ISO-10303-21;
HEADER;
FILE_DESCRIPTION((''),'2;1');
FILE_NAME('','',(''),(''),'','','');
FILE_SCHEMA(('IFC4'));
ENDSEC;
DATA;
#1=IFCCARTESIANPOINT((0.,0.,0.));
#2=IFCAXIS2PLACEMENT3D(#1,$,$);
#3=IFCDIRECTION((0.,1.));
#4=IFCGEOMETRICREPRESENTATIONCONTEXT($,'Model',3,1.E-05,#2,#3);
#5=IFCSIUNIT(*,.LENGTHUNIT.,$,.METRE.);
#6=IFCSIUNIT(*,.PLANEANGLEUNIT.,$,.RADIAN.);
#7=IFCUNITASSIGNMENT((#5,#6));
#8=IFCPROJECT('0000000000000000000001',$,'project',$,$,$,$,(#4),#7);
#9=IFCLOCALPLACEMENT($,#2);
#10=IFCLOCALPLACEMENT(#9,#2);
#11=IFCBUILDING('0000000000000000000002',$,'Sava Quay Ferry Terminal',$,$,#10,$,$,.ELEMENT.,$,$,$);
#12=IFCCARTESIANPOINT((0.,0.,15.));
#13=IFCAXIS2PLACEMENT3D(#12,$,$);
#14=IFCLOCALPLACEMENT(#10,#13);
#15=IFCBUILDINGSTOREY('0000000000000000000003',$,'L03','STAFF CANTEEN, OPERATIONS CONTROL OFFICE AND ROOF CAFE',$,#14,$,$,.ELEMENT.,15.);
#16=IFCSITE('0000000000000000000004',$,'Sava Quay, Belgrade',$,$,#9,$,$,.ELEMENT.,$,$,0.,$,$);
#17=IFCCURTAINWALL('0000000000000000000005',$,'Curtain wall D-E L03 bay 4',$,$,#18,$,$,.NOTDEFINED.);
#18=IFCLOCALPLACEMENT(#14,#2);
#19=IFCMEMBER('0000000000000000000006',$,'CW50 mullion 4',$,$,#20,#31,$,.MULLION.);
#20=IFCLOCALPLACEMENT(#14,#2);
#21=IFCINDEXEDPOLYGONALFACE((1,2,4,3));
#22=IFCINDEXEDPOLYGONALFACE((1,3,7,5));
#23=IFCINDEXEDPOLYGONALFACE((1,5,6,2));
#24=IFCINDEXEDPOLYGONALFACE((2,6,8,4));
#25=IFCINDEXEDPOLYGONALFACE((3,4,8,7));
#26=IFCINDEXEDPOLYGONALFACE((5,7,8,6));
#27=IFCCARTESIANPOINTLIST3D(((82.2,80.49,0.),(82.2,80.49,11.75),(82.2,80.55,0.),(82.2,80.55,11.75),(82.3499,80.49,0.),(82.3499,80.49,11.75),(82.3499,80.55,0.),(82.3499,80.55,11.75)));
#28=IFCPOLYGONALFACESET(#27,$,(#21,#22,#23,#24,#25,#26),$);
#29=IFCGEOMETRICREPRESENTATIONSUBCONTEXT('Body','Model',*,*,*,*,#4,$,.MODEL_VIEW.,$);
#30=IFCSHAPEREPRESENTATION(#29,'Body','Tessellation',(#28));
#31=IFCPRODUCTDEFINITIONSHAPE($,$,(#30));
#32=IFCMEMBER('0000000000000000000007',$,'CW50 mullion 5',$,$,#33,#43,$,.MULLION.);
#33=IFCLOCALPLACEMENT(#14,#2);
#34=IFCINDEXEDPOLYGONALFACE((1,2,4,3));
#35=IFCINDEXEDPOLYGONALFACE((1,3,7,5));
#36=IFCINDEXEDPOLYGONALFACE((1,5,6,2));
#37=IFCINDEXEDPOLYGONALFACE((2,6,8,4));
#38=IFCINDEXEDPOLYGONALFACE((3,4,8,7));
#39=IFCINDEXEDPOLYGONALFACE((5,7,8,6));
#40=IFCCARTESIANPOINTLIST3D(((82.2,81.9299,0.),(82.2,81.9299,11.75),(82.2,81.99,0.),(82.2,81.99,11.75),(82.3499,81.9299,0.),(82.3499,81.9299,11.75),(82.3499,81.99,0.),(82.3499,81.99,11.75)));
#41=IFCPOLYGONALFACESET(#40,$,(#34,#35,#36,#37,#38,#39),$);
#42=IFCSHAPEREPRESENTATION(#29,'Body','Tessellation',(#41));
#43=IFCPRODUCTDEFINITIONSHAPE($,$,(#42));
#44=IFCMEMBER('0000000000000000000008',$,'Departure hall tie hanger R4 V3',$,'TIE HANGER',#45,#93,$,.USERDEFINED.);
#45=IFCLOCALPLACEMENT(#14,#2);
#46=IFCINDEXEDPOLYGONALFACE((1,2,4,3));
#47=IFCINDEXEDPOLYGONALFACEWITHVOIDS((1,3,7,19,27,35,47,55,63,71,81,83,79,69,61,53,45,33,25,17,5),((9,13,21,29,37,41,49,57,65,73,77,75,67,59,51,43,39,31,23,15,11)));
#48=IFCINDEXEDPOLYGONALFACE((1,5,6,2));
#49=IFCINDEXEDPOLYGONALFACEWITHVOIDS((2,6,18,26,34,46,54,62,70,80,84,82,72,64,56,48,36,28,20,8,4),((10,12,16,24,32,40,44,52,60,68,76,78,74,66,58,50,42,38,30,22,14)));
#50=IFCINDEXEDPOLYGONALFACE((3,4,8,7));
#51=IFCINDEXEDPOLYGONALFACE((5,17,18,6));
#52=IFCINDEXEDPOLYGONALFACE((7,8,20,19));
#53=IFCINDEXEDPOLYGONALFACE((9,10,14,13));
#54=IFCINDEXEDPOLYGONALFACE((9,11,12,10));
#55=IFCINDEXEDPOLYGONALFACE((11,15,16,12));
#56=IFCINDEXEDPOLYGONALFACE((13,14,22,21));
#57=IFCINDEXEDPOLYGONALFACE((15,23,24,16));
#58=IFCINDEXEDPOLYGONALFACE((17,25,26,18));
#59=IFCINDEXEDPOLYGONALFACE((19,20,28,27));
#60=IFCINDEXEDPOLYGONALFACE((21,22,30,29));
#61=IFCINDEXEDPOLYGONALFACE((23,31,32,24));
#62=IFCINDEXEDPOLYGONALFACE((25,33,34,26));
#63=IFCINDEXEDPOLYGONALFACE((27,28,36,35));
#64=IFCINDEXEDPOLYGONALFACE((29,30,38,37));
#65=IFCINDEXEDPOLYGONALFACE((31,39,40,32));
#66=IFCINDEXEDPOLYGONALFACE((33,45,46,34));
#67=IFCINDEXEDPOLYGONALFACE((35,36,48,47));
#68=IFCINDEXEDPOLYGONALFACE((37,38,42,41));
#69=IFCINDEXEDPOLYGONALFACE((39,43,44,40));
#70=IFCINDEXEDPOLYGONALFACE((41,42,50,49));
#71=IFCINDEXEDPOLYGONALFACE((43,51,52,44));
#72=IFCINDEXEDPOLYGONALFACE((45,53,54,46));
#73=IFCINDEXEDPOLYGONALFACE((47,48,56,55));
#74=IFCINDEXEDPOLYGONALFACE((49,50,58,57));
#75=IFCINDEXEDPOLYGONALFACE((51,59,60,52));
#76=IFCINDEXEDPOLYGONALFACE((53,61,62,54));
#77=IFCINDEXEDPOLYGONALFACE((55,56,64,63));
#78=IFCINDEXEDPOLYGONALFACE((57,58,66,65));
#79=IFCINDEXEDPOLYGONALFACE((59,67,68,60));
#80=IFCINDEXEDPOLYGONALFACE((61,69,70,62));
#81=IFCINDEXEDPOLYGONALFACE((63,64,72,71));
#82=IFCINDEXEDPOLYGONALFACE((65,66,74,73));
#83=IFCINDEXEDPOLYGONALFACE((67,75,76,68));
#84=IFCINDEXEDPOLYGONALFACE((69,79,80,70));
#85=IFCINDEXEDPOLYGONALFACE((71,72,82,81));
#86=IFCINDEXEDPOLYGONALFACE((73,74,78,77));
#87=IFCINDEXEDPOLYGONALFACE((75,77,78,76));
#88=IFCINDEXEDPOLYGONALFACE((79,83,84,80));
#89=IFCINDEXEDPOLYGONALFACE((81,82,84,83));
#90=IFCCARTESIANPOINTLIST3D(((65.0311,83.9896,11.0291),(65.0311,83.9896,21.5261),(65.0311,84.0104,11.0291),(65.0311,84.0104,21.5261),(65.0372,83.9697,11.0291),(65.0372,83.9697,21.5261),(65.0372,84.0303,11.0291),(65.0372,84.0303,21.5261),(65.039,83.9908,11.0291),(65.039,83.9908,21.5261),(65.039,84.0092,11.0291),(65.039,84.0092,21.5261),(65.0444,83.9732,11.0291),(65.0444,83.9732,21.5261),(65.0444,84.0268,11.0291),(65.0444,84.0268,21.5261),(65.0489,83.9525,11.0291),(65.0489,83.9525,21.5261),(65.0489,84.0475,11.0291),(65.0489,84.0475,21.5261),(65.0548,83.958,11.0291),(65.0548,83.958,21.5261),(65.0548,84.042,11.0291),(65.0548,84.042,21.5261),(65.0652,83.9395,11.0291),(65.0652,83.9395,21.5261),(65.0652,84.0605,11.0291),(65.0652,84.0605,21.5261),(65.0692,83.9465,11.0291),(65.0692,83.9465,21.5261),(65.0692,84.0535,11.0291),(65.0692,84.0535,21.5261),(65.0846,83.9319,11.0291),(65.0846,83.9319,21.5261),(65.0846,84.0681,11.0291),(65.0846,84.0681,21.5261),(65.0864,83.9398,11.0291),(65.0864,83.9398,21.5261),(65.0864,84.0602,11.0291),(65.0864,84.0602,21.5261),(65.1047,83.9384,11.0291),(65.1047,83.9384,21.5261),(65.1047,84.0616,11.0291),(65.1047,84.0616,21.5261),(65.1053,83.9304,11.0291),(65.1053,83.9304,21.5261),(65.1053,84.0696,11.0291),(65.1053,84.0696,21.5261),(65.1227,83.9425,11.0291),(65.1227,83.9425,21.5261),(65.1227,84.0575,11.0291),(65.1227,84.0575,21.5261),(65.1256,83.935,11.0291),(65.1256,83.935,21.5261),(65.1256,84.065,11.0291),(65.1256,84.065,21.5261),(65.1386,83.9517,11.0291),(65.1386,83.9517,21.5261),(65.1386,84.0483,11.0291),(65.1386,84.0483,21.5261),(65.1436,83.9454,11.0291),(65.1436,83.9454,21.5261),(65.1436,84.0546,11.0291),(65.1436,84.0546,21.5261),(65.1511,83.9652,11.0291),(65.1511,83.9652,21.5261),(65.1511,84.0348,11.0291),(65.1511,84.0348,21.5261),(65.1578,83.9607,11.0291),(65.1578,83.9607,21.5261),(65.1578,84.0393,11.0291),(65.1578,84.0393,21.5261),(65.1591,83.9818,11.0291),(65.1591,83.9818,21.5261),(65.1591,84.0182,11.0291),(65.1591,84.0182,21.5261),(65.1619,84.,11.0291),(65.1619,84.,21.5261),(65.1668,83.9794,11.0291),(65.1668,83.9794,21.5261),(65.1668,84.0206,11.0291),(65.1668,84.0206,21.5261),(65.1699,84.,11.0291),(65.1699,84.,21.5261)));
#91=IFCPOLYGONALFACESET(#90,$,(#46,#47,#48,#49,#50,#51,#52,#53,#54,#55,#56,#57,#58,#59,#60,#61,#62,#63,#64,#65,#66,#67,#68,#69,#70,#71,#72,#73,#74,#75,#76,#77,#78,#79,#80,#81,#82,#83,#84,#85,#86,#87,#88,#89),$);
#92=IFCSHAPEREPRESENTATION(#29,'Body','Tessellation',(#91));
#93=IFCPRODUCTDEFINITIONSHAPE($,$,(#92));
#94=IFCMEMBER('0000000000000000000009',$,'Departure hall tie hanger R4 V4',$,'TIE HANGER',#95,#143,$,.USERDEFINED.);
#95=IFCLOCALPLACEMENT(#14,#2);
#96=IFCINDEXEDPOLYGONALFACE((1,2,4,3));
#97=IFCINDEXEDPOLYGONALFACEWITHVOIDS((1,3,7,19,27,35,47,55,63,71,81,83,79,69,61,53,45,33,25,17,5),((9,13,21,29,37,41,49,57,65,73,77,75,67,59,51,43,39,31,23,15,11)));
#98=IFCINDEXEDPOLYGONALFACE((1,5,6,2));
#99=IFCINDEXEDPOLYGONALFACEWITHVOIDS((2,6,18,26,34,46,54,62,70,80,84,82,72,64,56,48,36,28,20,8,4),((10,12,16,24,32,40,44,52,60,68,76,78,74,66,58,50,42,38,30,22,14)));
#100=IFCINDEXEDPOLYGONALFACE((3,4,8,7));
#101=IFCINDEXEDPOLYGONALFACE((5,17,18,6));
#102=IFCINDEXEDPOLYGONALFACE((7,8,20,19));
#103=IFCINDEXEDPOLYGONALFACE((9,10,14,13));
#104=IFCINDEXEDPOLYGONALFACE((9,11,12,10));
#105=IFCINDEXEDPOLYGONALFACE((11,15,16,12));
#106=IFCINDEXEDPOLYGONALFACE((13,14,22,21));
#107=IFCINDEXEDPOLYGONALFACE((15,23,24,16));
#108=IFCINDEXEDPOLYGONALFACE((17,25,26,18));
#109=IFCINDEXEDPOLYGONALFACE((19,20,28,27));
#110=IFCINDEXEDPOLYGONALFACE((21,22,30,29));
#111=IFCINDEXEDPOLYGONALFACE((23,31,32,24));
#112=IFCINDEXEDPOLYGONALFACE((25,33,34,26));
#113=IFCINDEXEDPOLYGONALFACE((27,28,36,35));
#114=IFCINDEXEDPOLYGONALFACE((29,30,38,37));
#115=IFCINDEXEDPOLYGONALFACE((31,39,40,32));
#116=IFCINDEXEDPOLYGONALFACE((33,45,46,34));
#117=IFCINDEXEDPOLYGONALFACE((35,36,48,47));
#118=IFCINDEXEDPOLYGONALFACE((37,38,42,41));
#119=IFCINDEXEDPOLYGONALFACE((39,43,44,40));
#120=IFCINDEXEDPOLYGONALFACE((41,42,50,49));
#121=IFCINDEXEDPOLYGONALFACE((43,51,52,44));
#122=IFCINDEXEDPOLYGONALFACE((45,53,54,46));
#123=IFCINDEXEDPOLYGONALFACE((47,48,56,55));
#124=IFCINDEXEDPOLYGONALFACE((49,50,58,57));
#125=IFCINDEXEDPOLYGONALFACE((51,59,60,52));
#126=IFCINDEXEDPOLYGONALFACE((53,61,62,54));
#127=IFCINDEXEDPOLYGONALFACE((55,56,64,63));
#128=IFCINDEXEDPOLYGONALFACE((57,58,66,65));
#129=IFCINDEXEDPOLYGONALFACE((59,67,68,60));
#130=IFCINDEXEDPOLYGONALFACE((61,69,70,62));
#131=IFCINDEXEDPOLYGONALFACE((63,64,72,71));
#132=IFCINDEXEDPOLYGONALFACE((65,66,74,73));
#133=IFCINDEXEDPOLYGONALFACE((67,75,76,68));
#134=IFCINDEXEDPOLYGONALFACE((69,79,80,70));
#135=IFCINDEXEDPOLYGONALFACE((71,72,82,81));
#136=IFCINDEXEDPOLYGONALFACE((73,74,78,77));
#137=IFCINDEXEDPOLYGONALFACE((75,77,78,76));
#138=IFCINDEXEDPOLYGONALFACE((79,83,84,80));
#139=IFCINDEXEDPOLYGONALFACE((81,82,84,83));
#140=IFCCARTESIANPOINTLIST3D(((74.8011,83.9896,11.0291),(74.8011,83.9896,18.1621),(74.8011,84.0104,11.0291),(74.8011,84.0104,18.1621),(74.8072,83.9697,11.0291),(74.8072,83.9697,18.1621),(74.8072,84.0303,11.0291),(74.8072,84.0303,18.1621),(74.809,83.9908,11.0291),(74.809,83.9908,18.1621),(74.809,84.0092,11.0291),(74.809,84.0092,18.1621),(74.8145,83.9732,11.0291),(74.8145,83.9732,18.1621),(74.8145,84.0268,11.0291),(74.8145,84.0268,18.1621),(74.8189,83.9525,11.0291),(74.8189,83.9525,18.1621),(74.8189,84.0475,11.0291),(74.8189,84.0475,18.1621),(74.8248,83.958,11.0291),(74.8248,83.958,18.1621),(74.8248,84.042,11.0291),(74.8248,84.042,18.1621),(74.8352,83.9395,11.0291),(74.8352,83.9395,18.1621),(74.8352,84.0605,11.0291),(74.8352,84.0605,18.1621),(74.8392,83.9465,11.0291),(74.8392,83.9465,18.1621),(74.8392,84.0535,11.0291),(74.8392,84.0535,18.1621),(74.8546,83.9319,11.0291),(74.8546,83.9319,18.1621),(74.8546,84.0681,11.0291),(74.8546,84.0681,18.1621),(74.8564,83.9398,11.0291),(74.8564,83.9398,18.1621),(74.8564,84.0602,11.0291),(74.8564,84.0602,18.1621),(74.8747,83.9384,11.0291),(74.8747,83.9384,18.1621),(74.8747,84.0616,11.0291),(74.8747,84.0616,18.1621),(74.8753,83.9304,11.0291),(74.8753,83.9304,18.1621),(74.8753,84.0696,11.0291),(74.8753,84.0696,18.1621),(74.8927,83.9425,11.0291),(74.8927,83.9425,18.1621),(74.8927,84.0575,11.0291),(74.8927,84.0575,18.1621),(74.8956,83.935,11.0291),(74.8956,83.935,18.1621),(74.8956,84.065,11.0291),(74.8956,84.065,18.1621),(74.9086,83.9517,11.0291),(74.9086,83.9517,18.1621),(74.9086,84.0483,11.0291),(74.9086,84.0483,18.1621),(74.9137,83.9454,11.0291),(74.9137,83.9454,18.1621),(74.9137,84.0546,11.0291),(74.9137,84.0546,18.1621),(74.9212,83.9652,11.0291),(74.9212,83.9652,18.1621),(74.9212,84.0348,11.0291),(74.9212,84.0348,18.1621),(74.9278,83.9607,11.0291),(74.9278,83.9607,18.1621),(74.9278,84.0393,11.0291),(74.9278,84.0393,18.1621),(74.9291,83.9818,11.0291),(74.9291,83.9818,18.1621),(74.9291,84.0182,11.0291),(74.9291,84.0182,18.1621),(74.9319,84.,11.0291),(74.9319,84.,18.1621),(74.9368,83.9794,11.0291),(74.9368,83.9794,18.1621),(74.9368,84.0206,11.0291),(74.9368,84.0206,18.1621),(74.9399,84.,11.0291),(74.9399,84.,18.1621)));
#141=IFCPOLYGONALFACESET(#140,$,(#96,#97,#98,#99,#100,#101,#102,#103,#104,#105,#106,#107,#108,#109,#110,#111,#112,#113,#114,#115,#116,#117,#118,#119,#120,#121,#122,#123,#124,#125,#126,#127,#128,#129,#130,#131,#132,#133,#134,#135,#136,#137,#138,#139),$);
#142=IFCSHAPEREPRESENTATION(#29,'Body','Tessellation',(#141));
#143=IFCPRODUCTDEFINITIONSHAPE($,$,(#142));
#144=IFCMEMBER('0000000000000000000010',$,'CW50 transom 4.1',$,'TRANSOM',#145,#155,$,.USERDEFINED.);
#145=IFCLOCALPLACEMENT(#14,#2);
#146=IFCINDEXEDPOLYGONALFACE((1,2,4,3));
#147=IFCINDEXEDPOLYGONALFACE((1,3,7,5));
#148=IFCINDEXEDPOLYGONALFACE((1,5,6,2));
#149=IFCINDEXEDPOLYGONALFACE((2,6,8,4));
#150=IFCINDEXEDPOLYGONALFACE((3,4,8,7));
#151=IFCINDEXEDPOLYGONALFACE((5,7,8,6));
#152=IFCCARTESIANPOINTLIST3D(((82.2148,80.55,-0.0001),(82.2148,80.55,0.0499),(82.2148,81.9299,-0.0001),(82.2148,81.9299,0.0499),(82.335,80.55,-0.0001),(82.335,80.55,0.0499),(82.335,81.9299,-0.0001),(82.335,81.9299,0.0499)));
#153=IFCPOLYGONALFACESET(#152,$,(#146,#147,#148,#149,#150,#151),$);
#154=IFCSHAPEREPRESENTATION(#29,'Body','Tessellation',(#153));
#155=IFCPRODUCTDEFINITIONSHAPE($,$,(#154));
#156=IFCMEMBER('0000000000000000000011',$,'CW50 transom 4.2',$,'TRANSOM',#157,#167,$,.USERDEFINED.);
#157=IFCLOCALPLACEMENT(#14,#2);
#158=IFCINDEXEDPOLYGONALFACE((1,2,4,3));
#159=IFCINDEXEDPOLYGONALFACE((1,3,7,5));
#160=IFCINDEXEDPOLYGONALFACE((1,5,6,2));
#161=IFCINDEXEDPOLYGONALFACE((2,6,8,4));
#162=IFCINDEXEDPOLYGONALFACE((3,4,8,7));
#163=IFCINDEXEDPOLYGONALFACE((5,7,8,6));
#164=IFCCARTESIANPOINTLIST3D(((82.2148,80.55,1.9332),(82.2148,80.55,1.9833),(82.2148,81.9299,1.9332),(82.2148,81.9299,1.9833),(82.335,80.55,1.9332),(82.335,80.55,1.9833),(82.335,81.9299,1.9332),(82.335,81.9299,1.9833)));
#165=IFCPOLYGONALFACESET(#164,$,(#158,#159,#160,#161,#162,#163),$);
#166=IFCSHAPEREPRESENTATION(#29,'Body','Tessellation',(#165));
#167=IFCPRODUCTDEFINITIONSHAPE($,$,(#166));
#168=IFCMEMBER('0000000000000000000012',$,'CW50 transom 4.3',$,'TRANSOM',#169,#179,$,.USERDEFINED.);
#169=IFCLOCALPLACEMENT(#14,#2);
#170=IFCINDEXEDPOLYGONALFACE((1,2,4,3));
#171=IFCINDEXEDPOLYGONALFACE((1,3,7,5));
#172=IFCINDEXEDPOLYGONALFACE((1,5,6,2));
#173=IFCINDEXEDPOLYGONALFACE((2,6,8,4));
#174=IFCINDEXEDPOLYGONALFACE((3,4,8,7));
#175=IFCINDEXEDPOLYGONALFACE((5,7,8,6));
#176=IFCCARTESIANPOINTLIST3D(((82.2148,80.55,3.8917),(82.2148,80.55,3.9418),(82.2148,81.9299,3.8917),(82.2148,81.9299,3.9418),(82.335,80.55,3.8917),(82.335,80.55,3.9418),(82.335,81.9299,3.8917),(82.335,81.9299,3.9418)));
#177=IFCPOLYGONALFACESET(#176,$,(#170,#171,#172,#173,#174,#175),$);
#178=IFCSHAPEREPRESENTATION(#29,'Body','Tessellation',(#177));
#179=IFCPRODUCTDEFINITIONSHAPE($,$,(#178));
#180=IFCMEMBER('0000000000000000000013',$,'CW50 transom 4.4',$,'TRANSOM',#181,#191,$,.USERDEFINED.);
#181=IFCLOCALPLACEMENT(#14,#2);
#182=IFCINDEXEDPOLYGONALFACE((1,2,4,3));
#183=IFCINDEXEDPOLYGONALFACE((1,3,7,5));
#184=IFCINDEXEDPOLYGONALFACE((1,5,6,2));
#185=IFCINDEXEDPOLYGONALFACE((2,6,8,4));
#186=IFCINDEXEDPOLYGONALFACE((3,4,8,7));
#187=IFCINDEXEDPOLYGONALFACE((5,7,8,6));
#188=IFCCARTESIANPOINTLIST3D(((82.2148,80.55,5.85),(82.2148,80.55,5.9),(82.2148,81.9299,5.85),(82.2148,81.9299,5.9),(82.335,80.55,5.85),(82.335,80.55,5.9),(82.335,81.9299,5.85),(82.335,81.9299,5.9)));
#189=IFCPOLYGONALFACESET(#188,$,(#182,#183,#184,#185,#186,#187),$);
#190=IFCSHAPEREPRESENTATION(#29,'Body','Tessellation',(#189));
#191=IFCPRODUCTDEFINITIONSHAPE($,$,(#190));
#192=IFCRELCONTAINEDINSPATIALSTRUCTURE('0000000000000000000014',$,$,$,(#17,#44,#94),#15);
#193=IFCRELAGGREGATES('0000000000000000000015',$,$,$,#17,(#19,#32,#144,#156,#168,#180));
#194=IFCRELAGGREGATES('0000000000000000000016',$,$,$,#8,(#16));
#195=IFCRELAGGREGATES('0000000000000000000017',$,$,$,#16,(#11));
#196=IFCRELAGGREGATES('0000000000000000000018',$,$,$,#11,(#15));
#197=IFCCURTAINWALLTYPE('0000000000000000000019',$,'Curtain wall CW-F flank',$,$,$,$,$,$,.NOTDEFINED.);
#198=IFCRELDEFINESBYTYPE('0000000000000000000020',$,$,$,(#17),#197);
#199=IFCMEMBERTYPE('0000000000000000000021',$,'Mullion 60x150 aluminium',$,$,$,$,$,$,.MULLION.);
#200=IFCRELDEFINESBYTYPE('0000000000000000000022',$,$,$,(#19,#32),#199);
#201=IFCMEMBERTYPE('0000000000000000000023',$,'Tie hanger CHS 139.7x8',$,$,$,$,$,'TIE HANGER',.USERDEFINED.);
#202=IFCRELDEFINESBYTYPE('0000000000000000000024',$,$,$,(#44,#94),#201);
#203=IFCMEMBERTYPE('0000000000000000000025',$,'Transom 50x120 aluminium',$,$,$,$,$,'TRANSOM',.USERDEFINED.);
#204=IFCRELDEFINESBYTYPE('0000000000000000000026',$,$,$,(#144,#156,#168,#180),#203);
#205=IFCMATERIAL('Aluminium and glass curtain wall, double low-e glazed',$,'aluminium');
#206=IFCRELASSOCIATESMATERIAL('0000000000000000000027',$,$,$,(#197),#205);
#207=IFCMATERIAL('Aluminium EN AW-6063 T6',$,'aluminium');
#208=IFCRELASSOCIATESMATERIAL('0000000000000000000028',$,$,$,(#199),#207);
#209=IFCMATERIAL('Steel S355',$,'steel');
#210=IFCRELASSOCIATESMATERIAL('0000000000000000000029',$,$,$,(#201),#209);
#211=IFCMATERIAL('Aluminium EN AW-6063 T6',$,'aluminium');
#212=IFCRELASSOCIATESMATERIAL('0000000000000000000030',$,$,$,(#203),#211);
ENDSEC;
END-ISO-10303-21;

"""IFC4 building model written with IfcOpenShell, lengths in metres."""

from ifc_helpers import new_model, si_unit, direction, frame, origin, origin_2d, place, context, subcontext, project, spatial, rectangle, hollow_circle, extrude, material, material_profile, profile_set, type_object, element, aggregate, save


model = new_model("IFC4")

# Units and contexts
model_context = context("Model", 3, precision=1e-05, world=origin(), true_north=direction((0.0, 1.0)))
body_context = subcontext(model_context, "Body", "Model", "MODEL_VIEW")
ifc_project = project(units=[si_unit("LENGTHUNIT", "METRE"), si_unit("PLANEANGLEUNIT", "RADIAN")], contexts=[model_context])

# Site, building, storey
site_placement = place(None, origin())
site = spatial("IfcSite", under=ifc_project, at=site_placement, Name="Sava Quay, Belgrade", CompositionType="ELEMENT", RefElevation=0.0)
building_placement = place(site_placement, origin())
building = spatial("IfcBuilding", under=site, at=building_placement, Name="Sava Quay Ferry Terminal", CompositionType="ELEMENT")
storey_placement = place(building_placement, frame((0.0, 0.0, 15.0)))
storey = spatial("IfcBuildingStorey", under=building, at=storey_placement, Name="L03", Description="STAFF CANTEEN, OPERATIONS CONTROL OFFICE AND ROOF CAFE", CompositionType="ELEMENT", Elevation=15.0)

# Curtain wall, members
ifc_material_1 = material(Name="Aluminium and glass curtain wall, double low-e glazed", Category="aluminium")
curtain_wall_type = type_object("IfcCurtainWallType", Name="Curtain wall CW-F flank", PredefinedType="NOTDEFINED", material=ifc_material_1)
curtain_wall_placement = place(storey_placement, origin())
curtain_wall = element("IfcCurtainWall", 1, at=curtain_wall_placement, inside=storey, type_object=curtain_wall_type, Name="Curtain wall D-E L03 bay 4", PredefinedType="NOTDEFINED")
ifc_material_2 = material(Name="Aluminium EN AW-6063 T6", Category="aluminium")
ifc_material_profile_1 = material_profile(ifc_material_2, rectangle(XDim=0.1499, YDim=0.0601, at=origin_2d()), Name="Mullion 60x150 aluminium")
ifc_profile_set_1 = profile_set([ifc_material_profile_1], Name="Aluminium EN AW-6063 T6")
member_type_1 = type_object("IfcMemberType", Name="Mullion 60x150 aluminium", PredefinedType="MULLION", material=ifc_profile_set_1)
member_1_placement = place(storey_placement, frame((82.2749, 80.52, 0.0), z_axis=(0.0, 0.0, 1.0), x_axis=(-1.0, 0.0, 0.0)))
member_1 = element("IfcMember", 2, at=member_1_placement, type_object=member_type_1, Name="CW50 mullion 4", PredefinedType="MULLION", context=body_context, shape_type="SweptSolid", body=[
    extrude(rectangle(XDim=0.1499, YDim=0.0601, at=origin_2d()), origin(), (0.0, 0.0, 1.0), 11.75),
])
member_2_placement = place(storey_placement, frame((82.2749, 81.96, 0.0), z_axis=(0.0, 0.0, 1.0), x_axis=(-1.0, 0.0, 0.0)))
member_2 = element("IfcMember", 3, at=member_2_placement, type_object=member_type_1, Name="CW50 mullion 5", PredefinedType="MULLION", context=body_context, shape_type="SweptSolid", body=[
    extrude(rectangle(XDim=0.1499, YDim=0.0601, at=origin_2d()), origin(), (0.0, 0.0, 1.0), 11.75),
])

# Members
ifc_material_3 = material(Name="Steel S355", Category="steel")
ifc_material_profile_2 = material_profile(ifc_material_3, hollow_circle(Radius=0.0698, WallThickness=0.0081, at=origin_2d()), Name="CHS 139.7 x 8.0")
ifc_profile_set_2 = profile_set([ifc_material_profile_2], Name="Steel S355")
member_type_2 = type_object("IfcMemberType", Name="Tie hanger CHS 139.7x8", ElementType="TIE HANGER", PredefinedType="USERDEFINED", material=ifc_profile_set_2)
member_3_placement = place(storey_placement, frame((65.1001, 84.0, 11.0291), z_axis=(0.0, 0.0, 1.0), x_axis=(1.0, 0.0, 0.0)))
element("IfcMember", 4, at=member_3_placement, inside=storey, type_object=member_type_2, Name="Departure hall tie hanger R4 V3", ObjectType="TIE HANGER", PredefinedType="USERDEFINED", context=body_context, shape_type="SweptSolid", body=[
    extrude(hollow_circle(Radius=0.0698, WallThickness=0.0081, at=origin_2d()), origin(), (0.0, 0.0, 1.0), 10.4971),
])
member_4_placement = place(storey_placement, frame((74.8701, 84.0, 11.0291), z_axis=(0.0, 0.0, 1.0), x_axis=(1.0, 0.0, 0.0)))
element("IfcMember", 5, at=member_4_placement, inside=storey, type_object=member_type_2, Name="Departure hall tie hanger R4 V4", ObjectType="TIE HANGER", PredefinedType="USERDEFINED", context=body_context, shape_type="SweptSolid", body=[
    extrude(hollow_circle(Radius=0.0698, WallThickness=0.0081, at=origin_2d()), origin(), (0.0, 0.0, 1.0), 7.1331),
])

# Members
ifc_material_4 = material(Name="Aluminium EN AW-6063 T6", Category="aluminium")
ifc_material_profile_3 = material_profile(ifc_material_4, rectangle(XDim=0.1201, YDim=0.05, at=origin_2d()), Name="Transom 50x120 aluminium")
ifc_profile_set_3 = profile_set([ifc_material_profile_3], Name="Aluminium EN AW-6063 T6")
member_type_3 = type_object("IfcMemberType", Name="Transom 50x120 aluminium", ElementType="TRANSOM", PredefinedType="USERDEFINED", material=ifc_profile_set_3)
member_5_placement = place(storey_placement, frame((82.2749, 80.55, 0.0249), z_axis=(0.0, 1.0, 0.0), x_axis=(-1.0, 0.0, 0.0)))
member_5 = element("IfcMember", 6, at=member_5_placement, type_object=member_type_3, Name="CW50 transom 4.1", ObjectType="TRANSOM", PredefinedType="USERDEFINED", context=body_context, shape_type="SweptSolid", body=[
    extrude(rectangle(XDim=0.1201, YDim=0.05, at=origin_2d()), origin(), (0.0, 0.0, 1.0), 1.3799),
])
member_6_placement = place(storey_placement, frame((82.2749, 80.55, 1.9583), z_axis=(0.0, 1.0, 0.0), x_axis=(-1.0, 0.0, 0.0)))
member_6 = element("IfcMember", 7, at=member_6_placement, type_object=member_type_3, Name="CW50 transom 4.2", ObjectType="TRANSOM", PredefinedType="USERDEFINED", context=body_context, shape_type="SweptSolid", body=[
    extrude(rectangle(XDim=0.1201, YDim=0.05, at=origin_2d()), origin(), (0.0, 0.0, 1.0), 1.3799),
])
member_7_placement = place(storey_placement, frame((82.2749, 80.55, 3.9167), z_axis=(0.0, 1.0, 0.0), x_axis=(-1.0, 0.0, 0.0)))
member_7 = element("IfcMember", 8, at=member_7_placement, type_object=member_type_3, Name="CW50 transom 4.3", ObjectType="TRANSOM", PredefinedType="USERDEFINED", context=body_context, shape_type="SweptSolid", body=[
    extrude(rectangle(XDim=0.1201, YDim=0.05, at=origin_2d()), origin(), (0.0, 0.0, 1.0), 1.3799),
])
member_8_placement = place(storey_placement, frame((82.2749, 80.55, 5.875), z_axis=(0.0, 1.0, 0.0), x_axis=(-1.0, 0.0, 0.0)))
member_8 = element("IfcMember", 9, at=member_8_placement, type_object=member_type_3, Name="CW50 transom 4.4", ObjectType="TRANSOM", PredefinedType="USERDEFINED", context=body_context, shape_type="SweptSolid", body=[
    extrude(rectangle(XDim=0.1201, YDim=0.05, at=origin_2d()), origin(), (0.0, 0.0, 1.0), 1.3799),
])

aggregate(curtain_wall, [member_1, member_2, member_5, member_6, member_7, member_8])

save(model, "model.ifc")
